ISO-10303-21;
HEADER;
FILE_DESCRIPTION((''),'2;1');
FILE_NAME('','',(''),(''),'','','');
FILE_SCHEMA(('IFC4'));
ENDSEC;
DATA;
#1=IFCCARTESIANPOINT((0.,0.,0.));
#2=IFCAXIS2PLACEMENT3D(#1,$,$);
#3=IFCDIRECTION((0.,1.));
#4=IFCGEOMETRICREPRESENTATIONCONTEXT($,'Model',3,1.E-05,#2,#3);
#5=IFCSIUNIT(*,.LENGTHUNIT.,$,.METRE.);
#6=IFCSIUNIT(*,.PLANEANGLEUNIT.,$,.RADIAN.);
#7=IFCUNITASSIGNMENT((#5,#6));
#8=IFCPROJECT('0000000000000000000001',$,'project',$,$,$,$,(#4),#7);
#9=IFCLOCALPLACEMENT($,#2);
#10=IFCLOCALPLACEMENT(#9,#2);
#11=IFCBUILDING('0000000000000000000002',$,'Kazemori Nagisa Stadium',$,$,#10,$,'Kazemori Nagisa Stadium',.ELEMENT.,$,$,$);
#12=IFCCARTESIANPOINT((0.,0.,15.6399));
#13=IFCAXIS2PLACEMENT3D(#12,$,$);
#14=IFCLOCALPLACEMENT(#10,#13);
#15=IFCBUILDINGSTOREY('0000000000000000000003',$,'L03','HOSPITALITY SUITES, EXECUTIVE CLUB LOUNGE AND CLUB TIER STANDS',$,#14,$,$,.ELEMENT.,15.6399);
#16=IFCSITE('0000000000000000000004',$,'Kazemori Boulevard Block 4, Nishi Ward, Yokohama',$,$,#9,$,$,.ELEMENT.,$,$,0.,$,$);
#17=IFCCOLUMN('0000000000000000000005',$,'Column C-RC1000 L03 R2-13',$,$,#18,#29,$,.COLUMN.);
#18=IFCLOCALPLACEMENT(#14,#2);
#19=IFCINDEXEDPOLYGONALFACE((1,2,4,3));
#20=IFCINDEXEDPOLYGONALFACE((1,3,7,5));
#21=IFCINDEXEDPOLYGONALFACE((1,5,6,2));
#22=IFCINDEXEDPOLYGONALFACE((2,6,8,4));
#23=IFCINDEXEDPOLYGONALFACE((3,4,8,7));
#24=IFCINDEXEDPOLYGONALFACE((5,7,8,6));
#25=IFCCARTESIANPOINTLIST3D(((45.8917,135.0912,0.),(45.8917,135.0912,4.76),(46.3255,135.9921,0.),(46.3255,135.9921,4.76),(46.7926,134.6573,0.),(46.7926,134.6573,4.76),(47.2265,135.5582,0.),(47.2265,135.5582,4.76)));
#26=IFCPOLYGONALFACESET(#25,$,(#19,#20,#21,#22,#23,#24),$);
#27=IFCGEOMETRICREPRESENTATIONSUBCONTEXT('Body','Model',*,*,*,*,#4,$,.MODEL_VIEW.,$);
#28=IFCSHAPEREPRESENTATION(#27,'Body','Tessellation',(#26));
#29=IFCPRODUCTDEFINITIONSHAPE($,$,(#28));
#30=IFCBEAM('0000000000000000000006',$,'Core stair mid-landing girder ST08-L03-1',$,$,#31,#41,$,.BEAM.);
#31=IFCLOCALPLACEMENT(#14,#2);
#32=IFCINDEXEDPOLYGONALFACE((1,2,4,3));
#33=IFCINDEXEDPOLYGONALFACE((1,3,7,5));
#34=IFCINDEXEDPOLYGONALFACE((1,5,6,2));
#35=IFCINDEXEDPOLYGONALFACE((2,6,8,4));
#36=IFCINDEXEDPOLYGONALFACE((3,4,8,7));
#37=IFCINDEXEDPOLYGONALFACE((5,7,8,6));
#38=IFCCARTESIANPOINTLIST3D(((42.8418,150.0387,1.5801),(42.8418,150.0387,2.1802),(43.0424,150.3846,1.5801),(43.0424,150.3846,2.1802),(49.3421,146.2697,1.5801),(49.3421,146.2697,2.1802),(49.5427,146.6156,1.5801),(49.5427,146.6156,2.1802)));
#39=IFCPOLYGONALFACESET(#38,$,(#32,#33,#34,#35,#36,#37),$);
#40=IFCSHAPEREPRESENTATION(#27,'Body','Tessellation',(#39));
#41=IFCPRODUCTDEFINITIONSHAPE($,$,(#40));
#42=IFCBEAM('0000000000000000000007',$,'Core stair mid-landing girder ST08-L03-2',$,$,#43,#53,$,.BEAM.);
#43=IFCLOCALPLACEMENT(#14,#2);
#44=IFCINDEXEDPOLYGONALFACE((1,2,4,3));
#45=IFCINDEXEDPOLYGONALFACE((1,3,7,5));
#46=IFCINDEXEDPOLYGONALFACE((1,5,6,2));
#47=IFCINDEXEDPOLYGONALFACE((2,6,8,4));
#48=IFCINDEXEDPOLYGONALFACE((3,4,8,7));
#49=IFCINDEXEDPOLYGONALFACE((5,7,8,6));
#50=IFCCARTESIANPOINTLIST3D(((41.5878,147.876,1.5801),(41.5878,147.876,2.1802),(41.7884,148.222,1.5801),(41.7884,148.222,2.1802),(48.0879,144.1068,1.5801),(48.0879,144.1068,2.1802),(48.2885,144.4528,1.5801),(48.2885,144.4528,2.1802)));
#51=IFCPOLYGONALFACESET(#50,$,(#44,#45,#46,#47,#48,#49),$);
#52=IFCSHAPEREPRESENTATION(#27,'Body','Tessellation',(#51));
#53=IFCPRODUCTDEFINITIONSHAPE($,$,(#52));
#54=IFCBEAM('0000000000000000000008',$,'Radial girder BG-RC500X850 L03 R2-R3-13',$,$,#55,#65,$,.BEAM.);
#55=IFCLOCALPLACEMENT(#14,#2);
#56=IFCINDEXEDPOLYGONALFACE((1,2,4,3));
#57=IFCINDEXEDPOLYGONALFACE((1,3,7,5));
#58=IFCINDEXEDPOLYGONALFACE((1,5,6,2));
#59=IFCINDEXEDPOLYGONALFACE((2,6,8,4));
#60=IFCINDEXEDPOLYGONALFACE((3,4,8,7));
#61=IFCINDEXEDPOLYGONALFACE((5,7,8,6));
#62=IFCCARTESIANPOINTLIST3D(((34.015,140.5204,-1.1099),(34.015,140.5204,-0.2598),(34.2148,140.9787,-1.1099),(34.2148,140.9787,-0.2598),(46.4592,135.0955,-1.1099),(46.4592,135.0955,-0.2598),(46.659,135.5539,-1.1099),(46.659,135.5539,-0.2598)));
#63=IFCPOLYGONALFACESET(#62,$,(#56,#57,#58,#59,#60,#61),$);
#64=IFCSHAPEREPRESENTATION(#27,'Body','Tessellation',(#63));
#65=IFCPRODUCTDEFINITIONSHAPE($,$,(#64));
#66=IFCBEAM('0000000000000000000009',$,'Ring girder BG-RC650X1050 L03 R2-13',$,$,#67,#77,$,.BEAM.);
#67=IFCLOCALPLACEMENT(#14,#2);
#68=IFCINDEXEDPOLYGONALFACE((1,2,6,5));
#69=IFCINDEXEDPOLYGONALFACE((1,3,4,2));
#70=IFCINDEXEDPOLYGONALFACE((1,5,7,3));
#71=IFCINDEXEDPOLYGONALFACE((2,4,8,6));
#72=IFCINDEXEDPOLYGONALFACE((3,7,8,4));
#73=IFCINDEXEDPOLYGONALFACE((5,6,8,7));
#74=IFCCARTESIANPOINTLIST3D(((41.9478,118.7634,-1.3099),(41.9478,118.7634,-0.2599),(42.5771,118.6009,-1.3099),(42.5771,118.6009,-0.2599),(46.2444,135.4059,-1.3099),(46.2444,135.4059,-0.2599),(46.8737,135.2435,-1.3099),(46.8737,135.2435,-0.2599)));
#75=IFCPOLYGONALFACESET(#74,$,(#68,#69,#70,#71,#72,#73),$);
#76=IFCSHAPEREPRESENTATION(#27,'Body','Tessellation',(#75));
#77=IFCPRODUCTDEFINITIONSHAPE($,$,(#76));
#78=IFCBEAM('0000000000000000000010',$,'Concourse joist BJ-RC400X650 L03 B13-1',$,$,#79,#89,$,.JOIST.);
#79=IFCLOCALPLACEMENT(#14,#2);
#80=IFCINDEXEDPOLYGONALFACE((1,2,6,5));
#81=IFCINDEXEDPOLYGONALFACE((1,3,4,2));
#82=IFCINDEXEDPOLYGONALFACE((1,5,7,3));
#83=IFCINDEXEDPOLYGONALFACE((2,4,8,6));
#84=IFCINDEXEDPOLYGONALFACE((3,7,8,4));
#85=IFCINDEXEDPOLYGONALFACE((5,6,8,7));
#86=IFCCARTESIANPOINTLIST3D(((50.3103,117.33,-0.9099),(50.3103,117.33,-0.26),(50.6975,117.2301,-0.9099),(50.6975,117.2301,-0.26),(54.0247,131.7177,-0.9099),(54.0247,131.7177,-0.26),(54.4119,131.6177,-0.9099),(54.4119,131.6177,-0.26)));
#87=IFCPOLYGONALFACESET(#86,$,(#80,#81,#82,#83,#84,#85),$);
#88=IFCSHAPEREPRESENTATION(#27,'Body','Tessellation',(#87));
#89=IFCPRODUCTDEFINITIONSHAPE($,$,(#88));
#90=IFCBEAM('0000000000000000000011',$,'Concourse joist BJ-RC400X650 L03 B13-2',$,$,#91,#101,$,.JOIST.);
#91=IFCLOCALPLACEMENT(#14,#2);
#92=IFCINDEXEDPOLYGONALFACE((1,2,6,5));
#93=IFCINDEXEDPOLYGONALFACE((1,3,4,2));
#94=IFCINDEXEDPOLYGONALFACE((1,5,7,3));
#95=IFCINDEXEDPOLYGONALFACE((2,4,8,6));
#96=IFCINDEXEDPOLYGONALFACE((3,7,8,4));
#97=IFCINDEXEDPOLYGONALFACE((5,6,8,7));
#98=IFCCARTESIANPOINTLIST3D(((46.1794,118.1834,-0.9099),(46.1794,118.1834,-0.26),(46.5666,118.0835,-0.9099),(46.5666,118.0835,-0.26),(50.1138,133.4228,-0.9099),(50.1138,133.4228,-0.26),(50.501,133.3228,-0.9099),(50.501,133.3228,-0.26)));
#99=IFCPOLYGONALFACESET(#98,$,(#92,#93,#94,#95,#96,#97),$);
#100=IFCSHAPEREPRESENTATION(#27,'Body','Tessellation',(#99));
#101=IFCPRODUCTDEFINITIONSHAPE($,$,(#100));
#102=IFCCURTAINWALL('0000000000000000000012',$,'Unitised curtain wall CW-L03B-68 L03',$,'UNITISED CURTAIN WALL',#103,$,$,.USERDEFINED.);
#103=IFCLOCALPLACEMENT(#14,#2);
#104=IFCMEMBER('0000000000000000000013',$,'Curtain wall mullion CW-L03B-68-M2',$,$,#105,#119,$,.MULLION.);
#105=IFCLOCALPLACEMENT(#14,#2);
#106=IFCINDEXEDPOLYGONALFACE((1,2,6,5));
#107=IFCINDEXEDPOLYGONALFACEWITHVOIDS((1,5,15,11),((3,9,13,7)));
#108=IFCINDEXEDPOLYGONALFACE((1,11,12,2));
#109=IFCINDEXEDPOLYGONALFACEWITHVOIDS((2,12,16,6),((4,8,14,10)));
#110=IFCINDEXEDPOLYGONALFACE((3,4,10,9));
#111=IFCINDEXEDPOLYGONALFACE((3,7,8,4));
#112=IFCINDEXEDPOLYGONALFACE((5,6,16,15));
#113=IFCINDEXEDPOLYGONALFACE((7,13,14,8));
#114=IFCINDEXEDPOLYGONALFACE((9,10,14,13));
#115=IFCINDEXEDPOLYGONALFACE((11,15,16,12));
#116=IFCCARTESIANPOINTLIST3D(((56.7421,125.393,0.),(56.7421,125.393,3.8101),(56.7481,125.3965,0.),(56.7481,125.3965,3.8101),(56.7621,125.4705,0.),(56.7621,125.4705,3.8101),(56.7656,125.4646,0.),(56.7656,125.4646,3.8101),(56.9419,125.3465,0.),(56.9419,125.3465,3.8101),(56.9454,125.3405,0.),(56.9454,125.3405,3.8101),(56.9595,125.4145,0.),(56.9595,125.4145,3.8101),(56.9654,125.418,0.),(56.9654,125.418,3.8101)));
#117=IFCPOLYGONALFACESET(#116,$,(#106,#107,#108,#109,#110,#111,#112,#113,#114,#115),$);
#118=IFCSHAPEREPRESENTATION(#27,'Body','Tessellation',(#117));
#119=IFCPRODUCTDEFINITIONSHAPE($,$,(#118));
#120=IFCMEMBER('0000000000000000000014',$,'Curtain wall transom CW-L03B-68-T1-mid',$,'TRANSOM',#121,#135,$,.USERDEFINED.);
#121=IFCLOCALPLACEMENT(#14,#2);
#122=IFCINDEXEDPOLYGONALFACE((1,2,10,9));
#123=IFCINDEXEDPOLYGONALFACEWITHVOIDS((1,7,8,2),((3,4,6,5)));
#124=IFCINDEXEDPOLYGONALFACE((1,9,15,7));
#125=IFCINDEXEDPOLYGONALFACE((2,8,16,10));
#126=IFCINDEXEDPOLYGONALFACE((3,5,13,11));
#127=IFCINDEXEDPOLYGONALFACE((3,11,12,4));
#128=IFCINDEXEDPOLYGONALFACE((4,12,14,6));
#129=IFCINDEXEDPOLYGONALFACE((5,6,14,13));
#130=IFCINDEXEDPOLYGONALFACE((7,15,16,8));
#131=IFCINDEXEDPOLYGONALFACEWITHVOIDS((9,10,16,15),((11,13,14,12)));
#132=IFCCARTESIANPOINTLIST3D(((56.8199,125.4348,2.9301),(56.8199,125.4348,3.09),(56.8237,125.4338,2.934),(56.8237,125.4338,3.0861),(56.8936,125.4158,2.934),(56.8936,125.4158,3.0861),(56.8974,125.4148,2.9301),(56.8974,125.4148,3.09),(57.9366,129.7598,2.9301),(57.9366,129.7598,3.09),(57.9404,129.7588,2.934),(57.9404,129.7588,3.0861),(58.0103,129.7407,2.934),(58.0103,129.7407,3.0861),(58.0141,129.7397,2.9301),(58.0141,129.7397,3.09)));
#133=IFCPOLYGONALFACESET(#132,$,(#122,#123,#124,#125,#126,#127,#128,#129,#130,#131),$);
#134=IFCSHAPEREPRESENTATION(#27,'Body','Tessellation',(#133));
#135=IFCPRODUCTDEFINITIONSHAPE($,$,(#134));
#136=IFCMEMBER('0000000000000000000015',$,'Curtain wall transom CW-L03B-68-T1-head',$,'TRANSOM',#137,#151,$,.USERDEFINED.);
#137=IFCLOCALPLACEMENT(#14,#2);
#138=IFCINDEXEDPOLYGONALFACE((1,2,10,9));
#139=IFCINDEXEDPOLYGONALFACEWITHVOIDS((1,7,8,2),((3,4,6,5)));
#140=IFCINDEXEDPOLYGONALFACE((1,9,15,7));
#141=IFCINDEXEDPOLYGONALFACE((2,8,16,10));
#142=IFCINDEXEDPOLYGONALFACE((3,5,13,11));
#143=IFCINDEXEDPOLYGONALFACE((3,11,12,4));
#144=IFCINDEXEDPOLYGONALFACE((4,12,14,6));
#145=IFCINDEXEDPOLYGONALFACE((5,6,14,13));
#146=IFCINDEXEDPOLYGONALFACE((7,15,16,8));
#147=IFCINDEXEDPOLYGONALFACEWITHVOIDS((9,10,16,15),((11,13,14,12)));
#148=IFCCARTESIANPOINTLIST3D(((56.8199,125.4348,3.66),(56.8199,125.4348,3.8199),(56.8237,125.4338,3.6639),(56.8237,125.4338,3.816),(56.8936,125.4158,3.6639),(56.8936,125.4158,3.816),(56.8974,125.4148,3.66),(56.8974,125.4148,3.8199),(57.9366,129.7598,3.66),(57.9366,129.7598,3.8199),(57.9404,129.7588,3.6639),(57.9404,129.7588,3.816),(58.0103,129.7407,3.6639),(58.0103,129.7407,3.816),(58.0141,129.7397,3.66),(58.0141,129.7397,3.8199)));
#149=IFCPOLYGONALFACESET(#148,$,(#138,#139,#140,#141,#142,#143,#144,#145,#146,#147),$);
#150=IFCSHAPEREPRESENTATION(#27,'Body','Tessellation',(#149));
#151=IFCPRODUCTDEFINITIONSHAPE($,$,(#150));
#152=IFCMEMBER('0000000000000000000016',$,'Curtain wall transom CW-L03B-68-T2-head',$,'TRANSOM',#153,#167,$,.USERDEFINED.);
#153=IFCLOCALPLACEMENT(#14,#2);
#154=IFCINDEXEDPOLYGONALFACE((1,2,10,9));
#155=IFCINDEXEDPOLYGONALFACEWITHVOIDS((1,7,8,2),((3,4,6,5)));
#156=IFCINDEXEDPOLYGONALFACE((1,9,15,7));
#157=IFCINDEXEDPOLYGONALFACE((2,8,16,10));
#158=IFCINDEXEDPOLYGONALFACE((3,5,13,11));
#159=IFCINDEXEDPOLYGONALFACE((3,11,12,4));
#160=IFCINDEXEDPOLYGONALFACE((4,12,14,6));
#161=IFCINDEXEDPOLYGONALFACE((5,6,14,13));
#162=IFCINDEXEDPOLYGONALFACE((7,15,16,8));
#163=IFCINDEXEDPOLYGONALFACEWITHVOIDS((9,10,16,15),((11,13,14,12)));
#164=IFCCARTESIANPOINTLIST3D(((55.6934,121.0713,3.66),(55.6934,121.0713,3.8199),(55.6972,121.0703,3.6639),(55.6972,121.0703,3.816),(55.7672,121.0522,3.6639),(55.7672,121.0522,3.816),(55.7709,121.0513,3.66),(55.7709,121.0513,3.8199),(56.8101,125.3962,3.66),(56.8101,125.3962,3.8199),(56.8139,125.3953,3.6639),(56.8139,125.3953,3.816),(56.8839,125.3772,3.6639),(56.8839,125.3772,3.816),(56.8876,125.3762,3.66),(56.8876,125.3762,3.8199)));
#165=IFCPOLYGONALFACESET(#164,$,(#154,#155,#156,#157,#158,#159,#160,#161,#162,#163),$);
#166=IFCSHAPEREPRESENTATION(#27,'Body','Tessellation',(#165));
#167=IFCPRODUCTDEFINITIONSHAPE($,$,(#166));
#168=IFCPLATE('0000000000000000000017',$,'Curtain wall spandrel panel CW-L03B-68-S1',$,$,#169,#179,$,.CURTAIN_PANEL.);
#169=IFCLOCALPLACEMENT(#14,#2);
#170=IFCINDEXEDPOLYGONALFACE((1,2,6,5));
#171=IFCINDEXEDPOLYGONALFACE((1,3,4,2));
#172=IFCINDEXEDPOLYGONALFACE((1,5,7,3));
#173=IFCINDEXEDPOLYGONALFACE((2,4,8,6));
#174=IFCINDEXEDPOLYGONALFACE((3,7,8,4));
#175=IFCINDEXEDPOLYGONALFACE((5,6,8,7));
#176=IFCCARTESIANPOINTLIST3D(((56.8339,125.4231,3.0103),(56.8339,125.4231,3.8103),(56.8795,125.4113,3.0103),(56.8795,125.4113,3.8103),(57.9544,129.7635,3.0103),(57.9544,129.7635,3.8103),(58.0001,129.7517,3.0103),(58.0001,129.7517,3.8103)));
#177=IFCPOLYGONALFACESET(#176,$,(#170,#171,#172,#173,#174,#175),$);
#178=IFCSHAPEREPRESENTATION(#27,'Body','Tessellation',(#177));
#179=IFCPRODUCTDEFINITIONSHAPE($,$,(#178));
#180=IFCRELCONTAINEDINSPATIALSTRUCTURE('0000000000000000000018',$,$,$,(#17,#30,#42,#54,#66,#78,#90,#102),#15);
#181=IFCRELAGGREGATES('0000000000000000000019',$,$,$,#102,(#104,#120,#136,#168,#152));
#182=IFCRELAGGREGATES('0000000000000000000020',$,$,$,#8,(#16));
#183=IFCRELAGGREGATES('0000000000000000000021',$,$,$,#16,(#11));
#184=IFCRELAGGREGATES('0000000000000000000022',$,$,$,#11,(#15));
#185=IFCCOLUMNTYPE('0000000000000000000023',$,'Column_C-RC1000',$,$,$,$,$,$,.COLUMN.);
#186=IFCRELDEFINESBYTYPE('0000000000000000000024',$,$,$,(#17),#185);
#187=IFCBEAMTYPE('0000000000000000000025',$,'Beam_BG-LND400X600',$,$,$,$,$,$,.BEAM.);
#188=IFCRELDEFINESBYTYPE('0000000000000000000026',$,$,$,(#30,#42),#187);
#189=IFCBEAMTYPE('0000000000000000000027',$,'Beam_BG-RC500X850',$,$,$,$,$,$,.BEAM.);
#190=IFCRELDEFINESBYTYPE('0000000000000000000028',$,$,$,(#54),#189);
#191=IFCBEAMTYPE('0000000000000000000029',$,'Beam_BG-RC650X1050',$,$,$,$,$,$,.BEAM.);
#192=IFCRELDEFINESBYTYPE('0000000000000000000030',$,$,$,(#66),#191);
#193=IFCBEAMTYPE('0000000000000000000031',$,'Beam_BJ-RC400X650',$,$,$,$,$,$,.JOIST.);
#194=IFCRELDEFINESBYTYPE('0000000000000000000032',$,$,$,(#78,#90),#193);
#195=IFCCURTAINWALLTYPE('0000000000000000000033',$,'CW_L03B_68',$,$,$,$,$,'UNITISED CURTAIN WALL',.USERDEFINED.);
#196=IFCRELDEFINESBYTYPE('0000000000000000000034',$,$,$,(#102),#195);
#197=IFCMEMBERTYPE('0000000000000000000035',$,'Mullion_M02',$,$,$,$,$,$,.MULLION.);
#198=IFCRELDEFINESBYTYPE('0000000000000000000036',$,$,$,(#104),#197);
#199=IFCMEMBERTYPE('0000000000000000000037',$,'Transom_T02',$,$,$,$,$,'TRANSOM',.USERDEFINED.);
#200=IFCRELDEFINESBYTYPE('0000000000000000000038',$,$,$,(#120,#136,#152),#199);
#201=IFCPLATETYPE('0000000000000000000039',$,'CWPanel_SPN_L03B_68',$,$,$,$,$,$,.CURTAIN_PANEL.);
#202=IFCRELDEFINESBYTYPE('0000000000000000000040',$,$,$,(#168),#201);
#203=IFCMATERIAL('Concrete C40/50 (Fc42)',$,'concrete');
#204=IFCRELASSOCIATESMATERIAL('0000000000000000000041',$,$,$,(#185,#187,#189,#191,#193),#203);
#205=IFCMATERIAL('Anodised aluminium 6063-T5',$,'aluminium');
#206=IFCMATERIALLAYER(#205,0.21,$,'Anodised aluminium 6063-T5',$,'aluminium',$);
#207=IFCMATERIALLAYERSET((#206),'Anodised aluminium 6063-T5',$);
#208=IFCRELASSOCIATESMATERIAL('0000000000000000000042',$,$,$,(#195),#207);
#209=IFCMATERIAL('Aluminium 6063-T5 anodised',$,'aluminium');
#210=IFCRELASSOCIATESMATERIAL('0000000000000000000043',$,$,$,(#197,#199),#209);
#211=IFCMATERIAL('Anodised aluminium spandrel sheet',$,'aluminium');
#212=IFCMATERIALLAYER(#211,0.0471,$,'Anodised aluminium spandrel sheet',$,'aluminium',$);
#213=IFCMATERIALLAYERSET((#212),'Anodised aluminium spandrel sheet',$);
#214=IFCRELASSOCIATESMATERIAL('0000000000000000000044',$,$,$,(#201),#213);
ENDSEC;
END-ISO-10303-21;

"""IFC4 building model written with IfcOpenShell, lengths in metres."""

from ifc_helpers import new_model, si_unit, direction, frame, origin, origin_2d, place, context, subcontext, project, spatial, rectangle, hollow_rectangle, extrude, material, layer, layer_set, material_profile, profile_set, type_object, element, aggregate, save


model = new_model("IFC4")

# Units and contexts
model_context = context("Model", 3, precision=1e-05, world=origin(), true_north=direction((0.0, 1.0)))
body_context = subcontext(model_context, "Body", "Model", "MODEL_VIEW")
ifc_project = project(units=[si_unit("LENGTHUNIT", "METRE"), si_unit("PLANEANGLEUNIT", "RADIAN")], contexts=[model_context])

# Site, building, storey
site_placement = place(None, origin())
site = spatial("IfcSite", under=ifc_project, at=site_placement, Name="Kazemori Boulevard Block 4, Nishi Ward, Yokohama", CompositionType="ELEMENT", RefElevation=0.0)
building_placement = place(site_placement, origin())
building = spatial("IfcBuilding", under=site, at=building_placement, Name="Kazemori Nagisa Stadium", LongName="Kazemori Nagisa Stadium", CompositionType="ELEMENT")
storey_placement = place(building_placement, frame((0.0, 0.0, 15.6399)))
storey = spatial("IfcBuildingStorey", under=building, at=storey_placement, Name="L03", Description="HOSPITALITY SUITES, EXECUTIVE CLUB LOUNGE AND CLUB TIER STANDS", CompositionType="ELEMENT", Elevation=15.6399)

# Column
ifc_material_1 = material(Name="Concrete C40/50 (Fc42)", Category="concrete")
ifc_material_profile_1 = material_profile(ifc_material_1, rectangle(XDim=1.0, YDim=1.0, at=origin_2d()), Name="RC-COL-1000x1000")
ifc_profile_set_1 = profile_set([ifc_material_profile_1], Name="Concrete C40/50 (Fc42)")
column_type = type_object("IfcColumnType", Name="Column_C-RC1000", PredefinedType="COLUMN", material=ifc_profile_set_1)
column_placement = place(storey_placement, frame((46.5591, 135.3247, 0.0), z_axis=(0.0, 0.0, 1.0), x_axis=(-0.900969, 0.433884, 0.0)))
element("IfcColumn", 1, at=column_placement, inside=storey, type_object=column_type, Name="Column C-RC1000 L03 R2-13", PredefinedType="COLUMN", context=body_context, shape_type="SweptSolid", body=[
    extrude(rectangle(XDim=1.0, YDim=1.0, at=origin_2d()), origin(), (0.0, 0.0, 1.0), 4.76),
])

# Beams
ifc_material_profile_2 = material_profile(ifc_material_1, rectangle(XDim=0.3999, YDim=0.6001, at=origin_2d()), Name="RC-BM-400x600")
ifc_profile_set_2 = profile_set([ifc_material_profile_2], Name="Concrete C40/50 (Fc42)")
beam_type_1 = type_object("IfcBeamType", Name="Beam_BG-LND400X600", PredefinedType="BEAM", material=ifc_profile_set_2)
for number, where, z_axis, x_axis, name in (
    (2, (49.4424, 146.4426, 1.8801), (-0.865095, 0.501609, 0.0), (-0.501609, -0.865095, 0.0), "Core stair mid-landing girder ST08-L03-1"),
    (3, (48.1882, 144.2798, 1.8801), (-0.865081, 0.501633, 0.0), (-0.501633, -0.865081, 0.0), "Core stair mid-landing girder ST08-L03-2"),
):
    element("IfcBeam", number, at=place(storey_placement, frame(where, z_axis=z_axis, x_axis=x_axis)), inside=storey, type_object=beam_type_1, Name=name, PredefinedType="BEAM", context=body_context, shape_type="SweptSolid", body=[
        extrude(rectangle(XDim=0.3999, YDim=0.6001, at=origin_2d()), origin(), (0.0, 0.0, 1.0), 7.5139),
    ])
ifc_material_profile_3 = material_profile(ifc_material_1, rectangle(XDim=0.5, YDim=0.8501, at=origin_2d()), Name="RC-BM-500x850")
ifc_profile_set_3 = profile_set([ifc_material_profile_3], Name="Concrete C40/50 (Fc42)")
beam_type_2 = type_object("IfcBeamType", Name="Beam_BG-RC500X850", PredefinedType="BEAM", material=ifc_profile_set_3)
beam_1_placement = place(storey_placement, frame((46.5591, 135.3247, -0.6848), z_axis=(-0.916684, 0.399614, 0.0), x_axis=(-0.399614, -0.916684, 0.0)))
element("IfcBeam", 4, at=beam_1_placement, inside=storey, type_object=beam_type_2, Name="Radial girder BG-RC500X850 L03 R2-R3-13", PredefinedType="BEAM", context=body_context, shape_type="SweptSolid", body=[
    extrude(rectangle(XDim=0.5, YDim=0.8501, at=origin_2d()), origin(), (0.0, 0.0, 1.0), 13.5752),
])
ifc_material_profile_4 = material_profile(ifc_material_1, rectangle(XDim=0.6499, YDim=1.05, at=origin_2d()), Name="RC-BM-650x1050")
ifc_profile_set_4 = profile_set([ifc_material_profile_4], Name="Concrete C40/50 (Fc42)")
beam_type_3 = type_object("IfcBeamType", Name="Beam_BG-RC650X1050", PredefinedType="BEAM", material=ifc_profile_set_4)
beam_2_placement = place(storey_placement, frame((46.5591, 135.3247, -0.7849), z_axis=(-0.249975, -0.968252, 0.0), x_axis=(0.968252, -0.249975, 0.0)))
element("IfcBeam", 5, at=beam_2_placement, inside=storey, type_object=beam_type_3, Name="Ring girder BG-RC650X1050 L03 R2-13", PredefinedType="BEAM", context=body_context, shape_type="SweptSolid", body=[
    extrude(rectangle(XDim=0.6499, YDim=1.05, at=origin_2d()), origin(), (0.0, 0.0, 1.0), 17.1882),
])
ifc_material_profile_5 = material_profile(ifc_material_1, rectangle(XDim=0.3999, YDim=0.6499, at=origin_2d()), Name="RC-BM-400x650")
ifc_profile_set_5 = profile_set([ifc_material_profile_5], Name="Concrete C40/50 (Fc42)")
beam_type_4 = type_object("IfcBeamType", Name="Beam_BJ-RC400X650", PredefinedType="JOIST", material=ifc_profile_set_5)
beam_3_placement = place(storey_placement, frame((54.2183, 131.6677, -0.585), z_axis=(-0.249966, -0.968254, 0.0), x_axis=(0.968254, -0.249966, 0.0)))
element("IfcBeam", 6, at=beam_3_placement, inside=storey, type_object=beam_type_4, Name="Concourse joist BJ-RC400X650 L03 B13-1", PredefinedType="JOIST", context=body_context, shape_type="SweptSolid", body=[
    extrude(rectangle(XDim=0.3999, YDim=0.6499, at=origin_2d()), origin(), (0.0, 0.0, 1.0), 14.8594),
])
beam_4_placement = place(storey_placement, frame((50.3074, 133.3728, -0.585), z_axis=(-0.249974, -0.968252, 0.0), x_axis=(0.968252, -0.249974, 0.0)))
element("IfcBeam", 7, at=beam_4_placement, inside=storey, type_object=beam_type_4, Name="Concourse joist BJ-RC400X650 L03 B13-2", PredefinedType="JOIST", context=body_context, shape_type="SweptSolid", body=[
    extrude(rectangle(XDim=0.3999, YDim=0.6499, at=origin_2d()), origin(), (0.0, 0.0, 1.0), 15.739),
])

# Curtain wall, members, plate
ifc_material_2 = material(Name="Anodised aluminium 6063-T5", Category="aluminium")
ifc_layer_1 = layer(ifc_material_2, 0.21, Name="Anodised aluminium 6063-T5", Category="aluminium")
ifc_layer_set_1 = layer_set([ifc_layer_1], Name="Anodised aluminium 6063-T5")
curtain_wall_type = type_object("IfcCurtainWallType", Name="CW_L03B_68", ElementType="UNITISED CURTAIN WALL", PredefinedType="USERDEFINED", material=ifc_layer_set_1)
curtain_wall_placement = place(storey_placement, origin())
curtain_wall = element("IfcCurtainWall", 8, at=curtain_wall_placement, inside=storey, type_object=curtain_wall_type, Name="Unitised curtain wall CW-L03B-68 L03", ObjectType="UNITISED CURTAIN WALL", PredefinedType="USERDEFINED")
ifc_material_3 = material(Name="Aluminium 6063-T5 anodised", Category="aluminium")
ifc_material_profile_6 = material_profile(ifc_material_3, hollow_rectangle(XDim=0.0801, YDim=0.21, WallThickness=0.0049, at=origin_2d()), Name="ALU-MULL-80x210x5")
ifc_profile_set_6 = profile_set([ifc_material_profile_6], Name="Aluminium 6063-T5 anodised")
member_type_1 = type_object("IfcMemberType", Name="Mullion_M02", PredefinedType="MULLION", material=ifc_profile_set_6)
member_1_placement = place(storey_placement, frame((56.8538, 125.4055, 0.0), z_axis=(0.0, 0.0, 1.0), x_axis=(-0.249965, -0.968255, 0.0)))
member_1 = element("IfcMember", 9, at=member_1_placement, type_object=member_type_1, Name="Curtain wall mullion CW-L03B-68-M2", PredefinedType="MULLION", context=body_context, shape_type="SweptSolid", body=[
    extrude(hollow_rectangle(XDim=0.0801, YDim=0.21, WallThickness=0.0049, at=origin_2d()), origin(), (0.0, 0.0, 1.0), 3.8101),
])
ifc_material_profile_7 = material_profile(ifc_material_3, hollow_rectangle(XDim=0.0801, YDim=0.1599, WallThickness=0.0039, at=origin_2d()), Name="ALU-TRAN-80x160x4")
ifc_profile_set_7 = profile_set([ifc_material_profile_7], Name="Aluminium 6063-T5 anodised")
member_type_2 = type_object("IfcMemberType", Name="Transom_T02", ElementType="TRANSOM", PredefinedType="USERDEFINED", material=ifc_profile_set_7)
member_2_placement = place(storey_placement, frame((57.9753, 129.7498, 3.01), z_axis=(-0.25, -0.968246, 0.0), x_axis=(0.968246, -0.25, 0.0)))
member_2 = element("IfcMember", 10, at=member_2_placement, type_object=member_type_2, Name="Curtain wall transom CW-L03B-68-T1-mid", ObjectType="TRANSOM", PredefinedType="USERDEFINED", context=body_context, shape_type="SweptSolid", body=[
    extrude(hollow_rectangle(XDim=0.0801, YDim=0.1599, WallThickness=0.0039, at=origin_2d()), origin(), (0.0, 0.0, 1.0), 4.4668),
])
member_3_placement = place(storey_placement, frame((57.9753, 129.7498, 3.74), z_axis=(-0.25, -0.968246, 0.0), x_axis=(0.968246, -0.25, 0.0)))
member_3 = element("IfcMember", 11, at=member_3_placement, type_object=member_type_2, Name="Curtain wall transom CW-L03B-68-T1-head", ObjectType="TRANSOM", PredefinedType="USERDEFINED", context=body_context, shape_type="SweptSolid", body=[
    extrude(hollow_rectangle(XDim=0.0801, YDim=0.1599, WallThickness=0.0039, at=origin_2d()), origin(), (0.0, 0.0, 1.0), 4.4668),
])
member_4_placement = place(storey_placement, frame((56.8489, 125.3862, 3.74), z_axis=(-0.25, -0.968246, 0.0), x_axis=(0.968246, -0.25, 0.0)))
member_4 = element("IfcMember", 12, at=member_4_placement, type_object=member_type_2, Name="Curtain wall transom CW-L03B-68-T2-head", ObjectType="TRANSOM", PredefinedType="USERDEFINED", context=body_context, shape_type="SweptSolid", body=[
    extrude(hollow_rectangle(XDim=0.0801, YDim=0.1599, WallThickness=0.0039, at=origin_2d()), origin(), (0.0, 0.0, 1.0), 4.4668),
])
ifc_material_4 = material(Name="Anodised aluminium spandrel sheet", Category="aluminium")
ifc_layer_2 = layer(ifc_material_4, 0.0471, Name="Anodised aluminium spandrel sheet", Category="aluminium")
ifc_layer_set_2 = layer_set([ifc_layer_2], Name="Anodised aluminium spandrel sheet")
plate_type_1 = type_object("IfcPlateType", Name="CWPanel_SPN_L03B_68", PredefinedType="CURTAIN_PANEL", material=ifc_layer_set_2)
plate_1_placement = place(storey_placement, frame((57.417, 127.5874, 3.0103), z_axis=(0.0, 0.0, 1.0), x_axis=(-0.249965, -0.968255, 0.0)))
plate_1 = element("IfcPlate", 13, at=plate_1_placement, type_object=plate_type_1, Name="Curtain wall spandrel panel CW-L03B-68-S1", PredefinedType="CURTAIN_PANEL", context=body_context, shape_type="SweptSolid", body=[
    extrude(rectangle(XDim=4.4827, YDim=0.0471, at=origin_2d()), origin(), (0.0, 0.0, 1.0), 0.8),
])
aggregate(curtain_wall, [member_1, member_2, member_3, plate_1, member_4])

save(model, "model.ifc")
